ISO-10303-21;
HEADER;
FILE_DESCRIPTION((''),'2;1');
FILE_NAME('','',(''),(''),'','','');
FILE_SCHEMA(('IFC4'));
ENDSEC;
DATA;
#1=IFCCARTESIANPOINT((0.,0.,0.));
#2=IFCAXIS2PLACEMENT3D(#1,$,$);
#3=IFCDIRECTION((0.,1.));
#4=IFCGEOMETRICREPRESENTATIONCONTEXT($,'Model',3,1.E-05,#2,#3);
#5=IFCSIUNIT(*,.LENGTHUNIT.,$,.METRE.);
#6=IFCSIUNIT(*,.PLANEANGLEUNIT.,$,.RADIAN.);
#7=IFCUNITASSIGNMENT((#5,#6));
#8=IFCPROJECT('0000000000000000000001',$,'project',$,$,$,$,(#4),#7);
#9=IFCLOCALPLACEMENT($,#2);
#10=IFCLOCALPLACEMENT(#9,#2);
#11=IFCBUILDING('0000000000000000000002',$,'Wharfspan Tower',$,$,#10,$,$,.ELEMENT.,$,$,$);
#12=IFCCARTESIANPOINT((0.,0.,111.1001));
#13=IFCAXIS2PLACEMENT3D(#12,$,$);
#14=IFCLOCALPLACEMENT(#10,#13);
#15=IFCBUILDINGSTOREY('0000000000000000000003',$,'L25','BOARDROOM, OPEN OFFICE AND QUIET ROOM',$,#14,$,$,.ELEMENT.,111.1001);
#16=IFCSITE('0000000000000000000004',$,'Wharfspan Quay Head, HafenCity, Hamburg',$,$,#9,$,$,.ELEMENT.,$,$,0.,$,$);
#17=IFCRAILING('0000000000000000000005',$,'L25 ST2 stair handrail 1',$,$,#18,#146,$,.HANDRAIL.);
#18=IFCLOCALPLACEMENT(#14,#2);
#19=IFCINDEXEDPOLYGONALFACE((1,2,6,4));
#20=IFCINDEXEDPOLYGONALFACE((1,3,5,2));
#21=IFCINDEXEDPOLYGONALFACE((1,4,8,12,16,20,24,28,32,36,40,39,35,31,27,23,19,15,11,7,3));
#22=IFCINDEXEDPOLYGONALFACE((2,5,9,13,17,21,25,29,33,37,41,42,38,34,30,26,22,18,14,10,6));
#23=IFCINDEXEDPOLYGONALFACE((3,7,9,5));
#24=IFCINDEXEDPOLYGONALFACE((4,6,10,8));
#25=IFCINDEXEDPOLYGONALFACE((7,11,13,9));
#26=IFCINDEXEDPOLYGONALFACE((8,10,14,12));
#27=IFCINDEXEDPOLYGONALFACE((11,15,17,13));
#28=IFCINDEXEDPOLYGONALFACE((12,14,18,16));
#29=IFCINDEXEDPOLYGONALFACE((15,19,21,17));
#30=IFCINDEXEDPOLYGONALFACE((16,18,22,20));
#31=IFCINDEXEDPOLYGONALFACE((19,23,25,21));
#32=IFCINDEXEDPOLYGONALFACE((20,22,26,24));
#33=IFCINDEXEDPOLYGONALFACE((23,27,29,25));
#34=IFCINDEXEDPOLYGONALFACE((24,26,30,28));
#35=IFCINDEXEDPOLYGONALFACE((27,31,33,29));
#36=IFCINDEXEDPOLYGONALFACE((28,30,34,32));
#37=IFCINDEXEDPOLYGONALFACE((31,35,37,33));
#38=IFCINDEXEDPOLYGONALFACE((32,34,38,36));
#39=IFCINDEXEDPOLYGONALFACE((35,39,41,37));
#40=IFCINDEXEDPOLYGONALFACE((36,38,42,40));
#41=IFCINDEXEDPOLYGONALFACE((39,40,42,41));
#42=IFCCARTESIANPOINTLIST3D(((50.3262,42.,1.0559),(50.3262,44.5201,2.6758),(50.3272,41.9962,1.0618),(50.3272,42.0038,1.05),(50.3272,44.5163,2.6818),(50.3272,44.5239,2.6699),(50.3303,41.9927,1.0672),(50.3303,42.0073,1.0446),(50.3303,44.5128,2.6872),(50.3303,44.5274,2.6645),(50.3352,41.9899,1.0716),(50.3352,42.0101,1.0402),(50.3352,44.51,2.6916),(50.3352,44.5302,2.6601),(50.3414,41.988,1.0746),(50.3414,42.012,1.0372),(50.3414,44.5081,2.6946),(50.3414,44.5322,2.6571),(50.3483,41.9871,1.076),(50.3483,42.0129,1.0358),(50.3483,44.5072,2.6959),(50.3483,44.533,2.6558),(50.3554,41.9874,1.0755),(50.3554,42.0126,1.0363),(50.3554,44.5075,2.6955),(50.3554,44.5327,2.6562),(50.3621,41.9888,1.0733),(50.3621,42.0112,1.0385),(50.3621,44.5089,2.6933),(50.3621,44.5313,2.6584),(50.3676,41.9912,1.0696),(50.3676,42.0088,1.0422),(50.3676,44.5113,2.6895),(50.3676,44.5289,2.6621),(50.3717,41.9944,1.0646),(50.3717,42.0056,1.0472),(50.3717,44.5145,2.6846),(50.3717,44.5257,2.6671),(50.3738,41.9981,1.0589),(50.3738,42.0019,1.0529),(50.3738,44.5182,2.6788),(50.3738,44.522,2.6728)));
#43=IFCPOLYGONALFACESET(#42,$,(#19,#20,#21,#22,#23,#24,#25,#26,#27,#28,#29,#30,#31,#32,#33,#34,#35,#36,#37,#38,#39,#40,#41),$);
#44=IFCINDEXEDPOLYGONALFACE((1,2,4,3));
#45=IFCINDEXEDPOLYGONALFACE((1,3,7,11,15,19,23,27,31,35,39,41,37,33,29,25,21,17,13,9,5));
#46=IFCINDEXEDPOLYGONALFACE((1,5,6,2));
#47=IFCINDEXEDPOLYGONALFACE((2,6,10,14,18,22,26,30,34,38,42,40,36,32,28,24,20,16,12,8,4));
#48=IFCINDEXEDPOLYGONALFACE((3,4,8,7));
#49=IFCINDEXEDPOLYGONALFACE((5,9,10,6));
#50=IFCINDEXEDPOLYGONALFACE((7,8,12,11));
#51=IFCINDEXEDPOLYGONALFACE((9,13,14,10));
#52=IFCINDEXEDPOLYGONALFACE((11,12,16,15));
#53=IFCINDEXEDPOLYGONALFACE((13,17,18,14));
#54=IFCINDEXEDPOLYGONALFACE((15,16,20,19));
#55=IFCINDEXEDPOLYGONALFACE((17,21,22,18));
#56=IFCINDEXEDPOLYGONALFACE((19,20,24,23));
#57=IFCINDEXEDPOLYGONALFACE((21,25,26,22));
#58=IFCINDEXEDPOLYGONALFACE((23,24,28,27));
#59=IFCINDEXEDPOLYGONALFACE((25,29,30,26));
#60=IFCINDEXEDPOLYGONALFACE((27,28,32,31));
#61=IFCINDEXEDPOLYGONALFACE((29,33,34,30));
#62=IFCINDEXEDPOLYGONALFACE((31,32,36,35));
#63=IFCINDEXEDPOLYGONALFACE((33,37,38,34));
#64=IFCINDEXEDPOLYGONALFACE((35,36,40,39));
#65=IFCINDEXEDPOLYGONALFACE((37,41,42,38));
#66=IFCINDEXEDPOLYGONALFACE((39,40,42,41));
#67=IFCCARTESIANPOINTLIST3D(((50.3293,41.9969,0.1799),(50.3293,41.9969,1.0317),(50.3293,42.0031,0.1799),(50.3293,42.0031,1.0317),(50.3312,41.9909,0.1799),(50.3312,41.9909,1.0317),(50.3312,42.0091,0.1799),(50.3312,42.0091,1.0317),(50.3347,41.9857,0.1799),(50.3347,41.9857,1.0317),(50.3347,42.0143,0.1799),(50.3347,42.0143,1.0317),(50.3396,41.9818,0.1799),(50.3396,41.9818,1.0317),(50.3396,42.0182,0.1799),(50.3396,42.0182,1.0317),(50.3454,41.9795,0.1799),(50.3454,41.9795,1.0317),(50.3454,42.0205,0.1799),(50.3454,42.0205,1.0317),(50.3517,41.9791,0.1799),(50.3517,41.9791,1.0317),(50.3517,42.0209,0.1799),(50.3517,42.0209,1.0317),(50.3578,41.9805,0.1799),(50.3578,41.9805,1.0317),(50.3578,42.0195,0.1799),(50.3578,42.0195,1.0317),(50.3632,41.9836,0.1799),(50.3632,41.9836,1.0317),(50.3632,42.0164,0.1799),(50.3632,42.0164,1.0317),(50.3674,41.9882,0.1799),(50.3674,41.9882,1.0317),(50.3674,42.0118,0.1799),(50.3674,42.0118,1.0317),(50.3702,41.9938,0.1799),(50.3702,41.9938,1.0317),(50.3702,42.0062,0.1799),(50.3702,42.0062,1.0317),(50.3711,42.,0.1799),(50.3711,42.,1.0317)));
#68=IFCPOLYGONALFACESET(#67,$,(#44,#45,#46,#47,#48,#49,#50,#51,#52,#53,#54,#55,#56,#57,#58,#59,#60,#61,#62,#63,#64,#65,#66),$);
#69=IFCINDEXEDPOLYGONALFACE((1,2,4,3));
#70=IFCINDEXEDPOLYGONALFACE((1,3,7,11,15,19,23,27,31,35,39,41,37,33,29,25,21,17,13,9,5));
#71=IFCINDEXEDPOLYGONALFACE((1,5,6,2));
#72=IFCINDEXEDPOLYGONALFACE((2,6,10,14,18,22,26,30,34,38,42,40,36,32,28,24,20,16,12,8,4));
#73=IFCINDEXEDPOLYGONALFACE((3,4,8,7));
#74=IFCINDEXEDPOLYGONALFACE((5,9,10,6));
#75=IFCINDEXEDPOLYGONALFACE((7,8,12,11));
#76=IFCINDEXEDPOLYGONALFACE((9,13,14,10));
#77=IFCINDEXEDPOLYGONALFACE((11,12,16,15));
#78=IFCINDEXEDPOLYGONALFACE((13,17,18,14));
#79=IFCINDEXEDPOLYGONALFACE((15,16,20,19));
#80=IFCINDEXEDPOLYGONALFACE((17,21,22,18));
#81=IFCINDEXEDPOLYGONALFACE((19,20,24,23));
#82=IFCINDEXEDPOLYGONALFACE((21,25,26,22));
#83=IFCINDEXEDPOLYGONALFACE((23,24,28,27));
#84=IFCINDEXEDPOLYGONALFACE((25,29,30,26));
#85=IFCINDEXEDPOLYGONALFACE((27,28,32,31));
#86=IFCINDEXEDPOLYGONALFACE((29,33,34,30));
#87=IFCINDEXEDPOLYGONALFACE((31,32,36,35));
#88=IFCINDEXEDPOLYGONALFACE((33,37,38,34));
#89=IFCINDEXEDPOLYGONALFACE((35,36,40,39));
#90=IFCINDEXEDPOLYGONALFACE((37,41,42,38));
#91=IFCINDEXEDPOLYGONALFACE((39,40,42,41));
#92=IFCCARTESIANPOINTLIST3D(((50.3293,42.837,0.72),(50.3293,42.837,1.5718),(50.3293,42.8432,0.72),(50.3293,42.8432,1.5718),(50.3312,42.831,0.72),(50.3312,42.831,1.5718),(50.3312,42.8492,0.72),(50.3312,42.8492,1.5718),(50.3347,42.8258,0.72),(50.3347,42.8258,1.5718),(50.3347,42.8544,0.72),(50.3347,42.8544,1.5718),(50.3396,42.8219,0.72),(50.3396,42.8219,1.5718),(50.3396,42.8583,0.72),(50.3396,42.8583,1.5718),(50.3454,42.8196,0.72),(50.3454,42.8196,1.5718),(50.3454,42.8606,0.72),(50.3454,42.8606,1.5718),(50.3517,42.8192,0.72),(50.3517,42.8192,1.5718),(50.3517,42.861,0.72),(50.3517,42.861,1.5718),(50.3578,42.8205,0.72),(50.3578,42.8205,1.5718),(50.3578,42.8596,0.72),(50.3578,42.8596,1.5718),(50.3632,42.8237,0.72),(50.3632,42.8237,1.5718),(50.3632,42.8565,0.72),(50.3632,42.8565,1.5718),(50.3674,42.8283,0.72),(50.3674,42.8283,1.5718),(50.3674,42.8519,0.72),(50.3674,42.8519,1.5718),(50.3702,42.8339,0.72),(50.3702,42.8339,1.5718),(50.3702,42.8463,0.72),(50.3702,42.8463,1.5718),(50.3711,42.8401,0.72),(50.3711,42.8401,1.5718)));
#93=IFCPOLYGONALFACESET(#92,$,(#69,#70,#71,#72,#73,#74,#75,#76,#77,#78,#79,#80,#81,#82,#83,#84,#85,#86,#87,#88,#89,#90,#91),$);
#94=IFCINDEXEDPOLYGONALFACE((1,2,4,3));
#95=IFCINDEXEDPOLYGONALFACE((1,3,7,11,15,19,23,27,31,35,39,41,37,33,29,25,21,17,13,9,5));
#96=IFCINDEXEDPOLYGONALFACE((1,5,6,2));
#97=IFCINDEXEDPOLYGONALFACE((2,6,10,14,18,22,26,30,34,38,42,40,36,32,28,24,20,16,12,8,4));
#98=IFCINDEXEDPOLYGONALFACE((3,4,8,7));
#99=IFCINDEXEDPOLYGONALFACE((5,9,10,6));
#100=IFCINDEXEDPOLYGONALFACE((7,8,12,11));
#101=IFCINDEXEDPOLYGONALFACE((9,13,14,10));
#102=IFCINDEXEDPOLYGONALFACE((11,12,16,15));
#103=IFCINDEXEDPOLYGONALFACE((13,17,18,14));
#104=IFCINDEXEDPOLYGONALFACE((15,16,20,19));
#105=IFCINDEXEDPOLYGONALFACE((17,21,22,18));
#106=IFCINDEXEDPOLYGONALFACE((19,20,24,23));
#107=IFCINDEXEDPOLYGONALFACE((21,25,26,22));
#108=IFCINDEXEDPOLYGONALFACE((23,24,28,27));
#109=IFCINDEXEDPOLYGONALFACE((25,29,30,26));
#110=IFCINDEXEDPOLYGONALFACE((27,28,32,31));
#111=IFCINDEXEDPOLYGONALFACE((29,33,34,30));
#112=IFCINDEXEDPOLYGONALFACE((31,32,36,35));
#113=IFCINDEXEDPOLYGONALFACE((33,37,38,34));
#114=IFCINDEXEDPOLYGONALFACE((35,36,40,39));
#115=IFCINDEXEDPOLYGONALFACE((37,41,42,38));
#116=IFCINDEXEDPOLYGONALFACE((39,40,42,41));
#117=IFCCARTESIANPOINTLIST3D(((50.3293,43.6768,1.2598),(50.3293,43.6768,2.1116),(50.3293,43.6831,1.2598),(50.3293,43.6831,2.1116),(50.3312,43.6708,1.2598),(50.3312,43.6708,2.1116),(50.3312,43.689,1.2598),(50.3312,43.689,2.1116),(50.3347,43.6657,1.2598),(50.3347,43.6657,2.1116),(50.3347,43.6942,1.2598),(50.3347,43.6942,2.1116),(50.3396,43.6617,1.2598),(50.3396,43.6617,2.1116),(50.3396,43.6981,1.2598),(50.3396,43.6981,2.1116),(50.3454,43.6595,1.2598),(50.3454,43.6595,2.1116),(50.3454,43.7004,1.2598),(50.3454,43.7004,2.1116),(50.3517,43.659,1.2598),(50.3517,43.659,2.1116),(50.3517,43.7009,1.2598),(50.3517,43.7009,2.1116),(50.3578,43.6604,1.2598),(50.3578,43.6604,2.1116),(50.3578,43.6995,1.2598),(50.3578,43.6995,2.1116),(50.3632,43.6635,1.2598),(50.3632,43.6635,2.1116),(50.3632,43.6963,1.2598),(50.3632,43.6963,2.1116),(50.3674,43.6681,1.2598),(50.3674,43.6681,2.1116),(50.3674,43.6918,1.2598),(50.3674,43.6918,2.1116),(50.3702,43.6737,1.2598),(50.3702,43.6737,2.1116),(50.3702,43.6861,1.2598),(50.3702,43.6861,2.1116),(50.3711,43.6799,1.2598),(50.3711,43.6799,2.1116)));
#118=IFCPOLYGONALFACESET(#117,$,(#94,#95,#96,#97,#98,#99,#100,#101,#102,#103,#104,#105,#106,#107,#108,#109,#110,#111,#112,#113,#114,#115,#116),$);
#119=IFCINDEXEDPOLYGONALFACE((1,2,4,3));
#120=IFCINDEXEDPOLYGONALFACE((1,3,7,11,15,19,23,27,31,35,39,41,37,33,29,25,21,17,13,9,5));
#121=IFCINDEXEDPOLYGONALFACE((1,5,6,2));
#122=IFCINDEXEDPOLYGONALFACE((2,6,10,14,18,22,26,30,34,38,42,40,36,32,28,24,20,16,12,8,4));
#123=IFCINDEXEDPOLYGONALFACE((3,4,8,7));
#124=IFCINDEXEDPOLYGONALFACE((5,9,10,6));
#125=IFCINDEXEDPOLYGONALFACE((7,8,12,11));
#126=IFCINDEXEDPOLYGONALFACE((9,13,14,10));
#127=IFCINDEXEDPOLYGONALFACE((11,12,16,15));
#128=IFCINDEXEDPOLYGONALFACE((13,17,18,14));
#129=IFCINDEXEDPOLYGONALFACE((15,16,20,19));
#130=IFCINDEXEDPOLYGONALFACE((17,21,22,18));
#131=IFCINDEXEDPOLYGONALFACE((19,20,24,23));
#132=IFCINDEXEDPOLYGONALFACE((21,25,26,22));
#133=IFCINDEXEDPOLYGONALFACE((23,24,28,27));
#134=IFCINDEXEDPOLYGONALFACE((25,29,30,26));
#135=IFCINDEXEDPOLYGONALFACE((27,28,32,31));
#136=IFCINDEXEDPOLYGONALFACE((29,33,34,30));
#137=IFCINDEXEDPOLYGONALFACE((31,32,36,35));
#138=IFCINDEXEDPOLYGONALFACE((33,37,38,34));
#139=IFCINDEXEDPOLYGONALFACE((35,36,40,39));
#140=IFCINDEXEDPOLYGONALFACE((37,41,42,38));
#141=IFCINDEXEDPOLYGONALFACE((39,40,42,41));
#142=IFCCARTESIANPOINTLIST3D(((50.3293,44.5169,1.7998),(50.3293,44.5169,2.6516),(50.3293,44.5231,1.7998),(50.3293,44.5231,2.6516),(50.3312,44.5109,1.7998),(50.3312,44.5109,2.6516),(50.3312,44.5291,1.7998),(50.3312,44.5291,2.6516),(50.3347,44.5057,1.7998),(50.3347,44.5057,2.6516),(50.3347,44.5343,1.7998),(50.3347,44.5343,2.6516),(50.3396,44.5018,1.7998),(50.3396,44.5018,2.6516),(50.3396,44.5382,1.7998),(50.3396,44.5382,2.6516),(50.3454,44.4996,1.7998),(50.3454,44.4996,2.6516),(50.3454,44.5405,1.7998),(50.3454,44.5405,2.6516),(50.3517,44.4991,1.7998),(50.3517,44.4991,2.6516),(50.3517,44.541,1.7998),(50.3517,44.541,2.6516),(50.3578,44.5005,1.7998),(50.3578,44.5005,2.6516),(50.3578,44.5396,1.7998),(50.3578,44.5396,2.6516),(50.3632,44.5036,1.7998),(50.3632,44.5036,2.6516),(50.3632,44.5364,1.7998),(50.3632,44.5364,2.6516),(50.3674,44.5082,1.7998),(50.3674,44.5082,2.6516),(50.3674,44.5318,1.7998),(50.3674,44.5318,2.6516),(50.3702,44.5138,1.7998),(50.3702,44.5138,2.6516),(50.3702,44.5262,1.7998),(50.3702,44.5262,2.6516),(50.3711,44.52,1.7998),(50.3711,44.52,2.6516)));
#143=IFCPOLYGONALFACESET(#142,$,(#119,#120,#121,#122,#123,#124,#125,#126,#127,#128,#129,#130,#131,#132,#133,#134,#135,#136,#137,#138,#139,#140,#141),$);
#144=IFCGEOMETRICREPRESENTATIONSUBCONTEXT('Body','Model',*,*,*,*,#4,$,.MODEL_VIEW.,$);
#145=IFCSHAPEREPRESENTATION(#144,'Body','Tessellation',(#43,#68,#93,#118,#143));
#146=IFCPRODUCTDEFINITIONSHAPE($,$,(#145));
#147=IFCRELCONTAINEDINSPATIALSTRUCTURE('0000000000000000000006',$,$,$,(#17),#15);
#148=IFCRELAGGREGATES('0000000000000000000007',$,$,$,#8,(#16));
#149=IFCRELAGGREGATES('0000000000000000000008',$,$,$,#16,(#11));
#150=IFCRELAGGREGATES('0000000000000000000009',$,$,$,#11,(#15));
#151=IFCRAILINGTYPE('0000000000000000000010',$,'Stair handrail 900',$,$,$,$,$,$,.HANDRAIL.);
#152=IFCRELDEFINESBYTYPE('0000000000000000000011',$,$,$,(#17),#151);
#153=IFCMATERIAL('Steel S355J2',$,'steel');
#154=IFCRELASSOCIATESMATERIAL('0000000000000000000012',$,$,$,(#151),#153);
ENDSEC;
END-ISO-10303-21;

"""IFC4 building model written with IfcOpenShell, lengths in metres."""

from ifc_helpers import new_model, si_unit, direction, frame, origin, origin_2d, place, context, subcontext, project, spatial, circle, extrude, material, type_object, element, save


model = new_model("IFC4")

# Units and contexts
model_context = context("Model", 3, precision=1e-05, world=origin(), true_north=direction((0.0, 1.0)))
body_context = subcontext(model_context, "Body", "Model", "MODEL_VIEW")
ifc_project = project(units=[si_unit("LENGTHUNIT", "METRE"), si_unit("PLANEANGLEUNIT", "RADIAN")], contexts=[model_context])

# Site, building, storey
site_placement = place(None, origin())
site = spatial("IfcSite", under=ifc_project, at=site_placement, Name="Wharfspan Quay Head, HafenCity, Hamburg", CompositionType="ELEMENT", RefElevation=0.0)
building_placement = place(site_placement, origin())
building = spatial("IfcBuilding", under=site, at=building_placement, Name="Wharfspan Tower", CompositionType="ELEMENT")
storey_placement = place(building_placement, frame((0.0, 0.0, 111.1001)))
storey = spatial("IfcBuildingStorey", under=building, at=storey_placement, Name="L25", Description="BOARDROOM, OPEN OFFICE AND QUIET ROOM", CompositionType="ELEMENT", Elevation=111.1001)

# Shared definitions
ifc_material_1 = material(Name="Steel S355J2", Category="steel")

# Railing
railing_type_1 = type_object("IfcRailingType", Name="Stair handrail 900", PredefinedType="HANDRAIL", material=ifc_material_1)
railing_1_placement = place(storey_placement, frame((50.3501, 42.0, 0.1799)))
element("IfcRailing", 1, at=railing_1_placement, inside=storey, type_object=railing_type_1, Name="L25 ST2 stair handrail 1", PredefinedType="HANDRAIL", context=body_context, shape_type="SweptSolid", body=[
    extrude(circle(Radius=0.0239, at=origin_2d()), frame((0.0, 0.0, 0.876), z_axis=(0.0, 0.8412, 0.540725), x_axis=(-1.0, 0.0, 0.0)), (0.0, 0.0, 1.0), 2.9958),
    extrude(circle(Radius=0.021, at=origin_2d()), origin(), (0.0, 0.0, 1.0), 0.8518),
    extrude(circle(Radius=0.021, at=origin_2d()), frame((0.0, 0.8401, 0.54)), (0.0, 0.0, 1.0), 0.8518),
    extrude(circle(Radius=0.021, at=origin_2d()), frame((0.0, 1.6799, 1.0798)), (0.0, 0.0, 1.0), 0.8518),
    extrude(circle(Radius=0.021, at=origin_2d()), frame((0.0, 2.52, 1.6199)), (0.0, 0.0, 1.0), 0.8518),
])

save(model, "model.ifc")
